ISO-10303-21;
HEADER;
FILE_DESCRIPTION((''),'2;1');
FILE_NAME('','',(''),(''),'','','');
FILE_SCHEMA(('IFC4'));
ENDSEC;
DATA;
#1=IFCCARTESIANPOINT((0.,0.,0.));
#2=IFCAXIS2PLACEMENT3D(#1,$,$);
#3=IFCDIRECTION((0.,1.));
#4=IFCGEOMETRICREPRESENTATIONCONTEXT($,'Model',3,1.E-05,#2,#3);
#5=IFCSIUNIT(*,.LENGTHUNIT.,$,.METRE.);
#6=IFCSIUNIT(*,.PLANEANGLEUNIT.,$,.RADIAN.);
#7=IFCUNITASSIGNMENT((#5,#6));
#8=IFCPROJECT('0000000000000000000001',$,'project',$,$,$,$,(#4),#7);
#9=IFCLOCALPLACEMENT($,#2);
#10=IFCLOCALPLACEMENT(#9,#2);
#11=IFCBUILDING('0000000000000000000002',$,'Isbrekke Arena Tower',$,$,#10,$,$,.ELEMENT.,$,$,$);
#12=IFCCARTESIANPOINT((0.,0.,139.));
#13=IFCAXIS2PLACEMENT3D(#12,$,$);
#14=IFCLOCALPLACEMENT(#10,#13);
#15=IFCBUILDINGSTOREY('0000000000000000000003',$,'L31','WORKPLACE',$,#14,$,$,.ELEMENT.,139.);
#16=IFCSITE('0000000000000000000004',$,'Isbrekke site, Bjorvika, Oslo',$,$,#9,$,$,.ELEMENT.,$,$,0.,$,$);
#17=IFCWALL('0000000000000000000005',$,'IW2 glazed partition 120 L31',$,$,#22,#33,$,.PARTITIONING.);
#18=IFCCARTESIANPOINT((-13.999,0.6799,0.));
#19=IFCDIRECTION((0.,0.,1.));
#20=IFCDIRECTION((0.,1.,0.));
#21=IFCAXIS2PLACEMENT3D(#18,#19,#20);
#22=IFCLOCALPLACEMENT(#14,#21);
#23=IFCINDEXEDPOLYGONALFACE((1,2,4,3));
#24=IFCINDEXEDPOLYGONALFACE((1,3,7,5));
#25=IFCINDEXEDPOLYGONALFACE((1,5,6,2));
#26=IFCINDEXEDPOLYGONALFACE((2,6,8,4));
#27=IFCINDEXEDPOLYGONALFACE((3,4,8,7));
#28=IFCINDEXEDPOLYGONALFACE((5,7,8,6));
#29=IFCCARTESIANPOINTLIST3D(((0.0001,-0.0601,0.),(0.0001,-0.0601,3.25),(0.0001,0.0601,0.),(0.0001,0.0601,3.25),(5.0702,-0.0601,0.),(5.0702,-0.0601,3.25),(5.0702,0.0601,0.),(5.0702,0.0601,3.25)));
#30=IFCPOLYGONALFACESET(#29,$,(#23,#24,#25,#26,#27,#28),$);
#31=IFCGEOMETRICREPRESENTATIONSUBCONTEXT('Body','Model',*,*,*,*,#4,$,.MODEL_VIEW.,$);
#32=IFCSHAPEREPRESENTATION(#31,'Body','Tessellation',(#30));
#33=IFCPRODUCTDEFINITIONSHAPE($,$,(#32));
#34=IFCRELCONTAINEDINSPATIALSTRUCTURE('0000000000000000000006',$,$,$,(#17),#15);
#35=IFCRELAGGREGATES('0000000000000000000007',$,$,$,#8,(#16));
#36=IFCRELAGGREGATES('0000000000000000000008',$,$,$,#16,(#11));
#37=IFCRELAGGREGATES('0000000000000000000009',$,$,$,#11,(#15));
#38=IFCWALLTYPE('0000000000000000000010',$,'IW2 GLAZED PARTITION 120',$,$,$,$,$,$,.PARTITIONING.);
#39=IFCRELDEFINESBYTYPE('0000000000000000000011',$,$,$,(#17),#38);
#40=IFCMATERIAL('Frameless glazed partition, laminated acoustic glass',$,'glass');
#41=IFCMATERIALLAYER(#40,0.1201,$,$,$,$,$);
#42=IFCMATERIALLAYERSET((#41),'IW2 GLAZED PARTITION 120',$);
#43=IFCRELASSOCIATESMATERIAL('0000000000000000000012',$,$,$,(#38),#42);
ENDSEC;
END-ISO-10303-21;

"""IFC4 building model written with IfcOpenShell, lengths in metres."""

from ifc_helpers import new_model, si_unit, direction, frame, frame_2d, origin, place, context, subcontext, project, spatial, rectangle, extrude, material, layer, layer_set, type_object, element, save


model = new_model("IFC4")

# Units and contexts
model_context = context("Model", 3, precision=1e-05, world=origin(), true_north=direction((0.0, 1.0)))
body_context = subcontext(model_context, "Body", "Model", "MODEL_VIEW")
ifc_project = project(units=[si_unit("LENGTHUNIT", "METRE"), si_unit("PLANEANGLEUNIT", "RADIAN")], contexts=[model_context])

# Site, building, storey
site_placement = place(None, origin())
site = spatial("IfcSite", under=ifc_project, at=site_placement, Name="Isbrekke site, Bjorvika, Oslo", CompositionType="ELEMENT", RefElevation=0.0)
building_placement = place(site_placement, origin())
building = spatial("IfcBuilding", under=site, at=building_placement, Name="Isbrekke Arena Tower", CompositionType="ELEMENT")
storey_placement = place(building_placement, frame((0.0, 0.0, 139.0)))
storey = spatial("IfcBuildingStorey", under=building, at=storey_placement, Name="L31", Description="WORKPLACE", CompositionType="ELEMENT", Elevation=139.0)

# Shared definitions
ifc_material_1 = material(Name="Frameless glazed partition, laminated acoustic glass", Category="glass")
ifc_layer_1 = layer(ifc_material_1, 0.1201)
ifc_layer_set_1 = layer_set([ifc_layer_1], Name="IW2 GLAZED PARTITION 120")
wall_type = type_object("IfcWallType", Name="IW2 GLAZED PARTITION 120", PredefinedType="PARTITIONING", material=ifc_layer_set_1)

# Wall
wall_1_placement = place(storey_placement, frame((-13.999, 0.6799, 0.0), z_axis=(0.0, 0.0, 1.0), x_axis=(0.0, 1.0, 0.0)))
element("IfcWall", 1, at=wall_1_placement, inside=storey, type_object=wall_type, Name="IW2 glazed partition 120 L31", PredefinedType="PARTITIONING", context=body_context, shape_type="SweptSolid", body=[
    extrude(rectangle(XDim=5.0701, YDim=0.1201, at=frame_2d((2.5352, 0.0))), origin(), (0.0, 0.0, 1.0), 3.25),
])

save(model, "model.ifc")
